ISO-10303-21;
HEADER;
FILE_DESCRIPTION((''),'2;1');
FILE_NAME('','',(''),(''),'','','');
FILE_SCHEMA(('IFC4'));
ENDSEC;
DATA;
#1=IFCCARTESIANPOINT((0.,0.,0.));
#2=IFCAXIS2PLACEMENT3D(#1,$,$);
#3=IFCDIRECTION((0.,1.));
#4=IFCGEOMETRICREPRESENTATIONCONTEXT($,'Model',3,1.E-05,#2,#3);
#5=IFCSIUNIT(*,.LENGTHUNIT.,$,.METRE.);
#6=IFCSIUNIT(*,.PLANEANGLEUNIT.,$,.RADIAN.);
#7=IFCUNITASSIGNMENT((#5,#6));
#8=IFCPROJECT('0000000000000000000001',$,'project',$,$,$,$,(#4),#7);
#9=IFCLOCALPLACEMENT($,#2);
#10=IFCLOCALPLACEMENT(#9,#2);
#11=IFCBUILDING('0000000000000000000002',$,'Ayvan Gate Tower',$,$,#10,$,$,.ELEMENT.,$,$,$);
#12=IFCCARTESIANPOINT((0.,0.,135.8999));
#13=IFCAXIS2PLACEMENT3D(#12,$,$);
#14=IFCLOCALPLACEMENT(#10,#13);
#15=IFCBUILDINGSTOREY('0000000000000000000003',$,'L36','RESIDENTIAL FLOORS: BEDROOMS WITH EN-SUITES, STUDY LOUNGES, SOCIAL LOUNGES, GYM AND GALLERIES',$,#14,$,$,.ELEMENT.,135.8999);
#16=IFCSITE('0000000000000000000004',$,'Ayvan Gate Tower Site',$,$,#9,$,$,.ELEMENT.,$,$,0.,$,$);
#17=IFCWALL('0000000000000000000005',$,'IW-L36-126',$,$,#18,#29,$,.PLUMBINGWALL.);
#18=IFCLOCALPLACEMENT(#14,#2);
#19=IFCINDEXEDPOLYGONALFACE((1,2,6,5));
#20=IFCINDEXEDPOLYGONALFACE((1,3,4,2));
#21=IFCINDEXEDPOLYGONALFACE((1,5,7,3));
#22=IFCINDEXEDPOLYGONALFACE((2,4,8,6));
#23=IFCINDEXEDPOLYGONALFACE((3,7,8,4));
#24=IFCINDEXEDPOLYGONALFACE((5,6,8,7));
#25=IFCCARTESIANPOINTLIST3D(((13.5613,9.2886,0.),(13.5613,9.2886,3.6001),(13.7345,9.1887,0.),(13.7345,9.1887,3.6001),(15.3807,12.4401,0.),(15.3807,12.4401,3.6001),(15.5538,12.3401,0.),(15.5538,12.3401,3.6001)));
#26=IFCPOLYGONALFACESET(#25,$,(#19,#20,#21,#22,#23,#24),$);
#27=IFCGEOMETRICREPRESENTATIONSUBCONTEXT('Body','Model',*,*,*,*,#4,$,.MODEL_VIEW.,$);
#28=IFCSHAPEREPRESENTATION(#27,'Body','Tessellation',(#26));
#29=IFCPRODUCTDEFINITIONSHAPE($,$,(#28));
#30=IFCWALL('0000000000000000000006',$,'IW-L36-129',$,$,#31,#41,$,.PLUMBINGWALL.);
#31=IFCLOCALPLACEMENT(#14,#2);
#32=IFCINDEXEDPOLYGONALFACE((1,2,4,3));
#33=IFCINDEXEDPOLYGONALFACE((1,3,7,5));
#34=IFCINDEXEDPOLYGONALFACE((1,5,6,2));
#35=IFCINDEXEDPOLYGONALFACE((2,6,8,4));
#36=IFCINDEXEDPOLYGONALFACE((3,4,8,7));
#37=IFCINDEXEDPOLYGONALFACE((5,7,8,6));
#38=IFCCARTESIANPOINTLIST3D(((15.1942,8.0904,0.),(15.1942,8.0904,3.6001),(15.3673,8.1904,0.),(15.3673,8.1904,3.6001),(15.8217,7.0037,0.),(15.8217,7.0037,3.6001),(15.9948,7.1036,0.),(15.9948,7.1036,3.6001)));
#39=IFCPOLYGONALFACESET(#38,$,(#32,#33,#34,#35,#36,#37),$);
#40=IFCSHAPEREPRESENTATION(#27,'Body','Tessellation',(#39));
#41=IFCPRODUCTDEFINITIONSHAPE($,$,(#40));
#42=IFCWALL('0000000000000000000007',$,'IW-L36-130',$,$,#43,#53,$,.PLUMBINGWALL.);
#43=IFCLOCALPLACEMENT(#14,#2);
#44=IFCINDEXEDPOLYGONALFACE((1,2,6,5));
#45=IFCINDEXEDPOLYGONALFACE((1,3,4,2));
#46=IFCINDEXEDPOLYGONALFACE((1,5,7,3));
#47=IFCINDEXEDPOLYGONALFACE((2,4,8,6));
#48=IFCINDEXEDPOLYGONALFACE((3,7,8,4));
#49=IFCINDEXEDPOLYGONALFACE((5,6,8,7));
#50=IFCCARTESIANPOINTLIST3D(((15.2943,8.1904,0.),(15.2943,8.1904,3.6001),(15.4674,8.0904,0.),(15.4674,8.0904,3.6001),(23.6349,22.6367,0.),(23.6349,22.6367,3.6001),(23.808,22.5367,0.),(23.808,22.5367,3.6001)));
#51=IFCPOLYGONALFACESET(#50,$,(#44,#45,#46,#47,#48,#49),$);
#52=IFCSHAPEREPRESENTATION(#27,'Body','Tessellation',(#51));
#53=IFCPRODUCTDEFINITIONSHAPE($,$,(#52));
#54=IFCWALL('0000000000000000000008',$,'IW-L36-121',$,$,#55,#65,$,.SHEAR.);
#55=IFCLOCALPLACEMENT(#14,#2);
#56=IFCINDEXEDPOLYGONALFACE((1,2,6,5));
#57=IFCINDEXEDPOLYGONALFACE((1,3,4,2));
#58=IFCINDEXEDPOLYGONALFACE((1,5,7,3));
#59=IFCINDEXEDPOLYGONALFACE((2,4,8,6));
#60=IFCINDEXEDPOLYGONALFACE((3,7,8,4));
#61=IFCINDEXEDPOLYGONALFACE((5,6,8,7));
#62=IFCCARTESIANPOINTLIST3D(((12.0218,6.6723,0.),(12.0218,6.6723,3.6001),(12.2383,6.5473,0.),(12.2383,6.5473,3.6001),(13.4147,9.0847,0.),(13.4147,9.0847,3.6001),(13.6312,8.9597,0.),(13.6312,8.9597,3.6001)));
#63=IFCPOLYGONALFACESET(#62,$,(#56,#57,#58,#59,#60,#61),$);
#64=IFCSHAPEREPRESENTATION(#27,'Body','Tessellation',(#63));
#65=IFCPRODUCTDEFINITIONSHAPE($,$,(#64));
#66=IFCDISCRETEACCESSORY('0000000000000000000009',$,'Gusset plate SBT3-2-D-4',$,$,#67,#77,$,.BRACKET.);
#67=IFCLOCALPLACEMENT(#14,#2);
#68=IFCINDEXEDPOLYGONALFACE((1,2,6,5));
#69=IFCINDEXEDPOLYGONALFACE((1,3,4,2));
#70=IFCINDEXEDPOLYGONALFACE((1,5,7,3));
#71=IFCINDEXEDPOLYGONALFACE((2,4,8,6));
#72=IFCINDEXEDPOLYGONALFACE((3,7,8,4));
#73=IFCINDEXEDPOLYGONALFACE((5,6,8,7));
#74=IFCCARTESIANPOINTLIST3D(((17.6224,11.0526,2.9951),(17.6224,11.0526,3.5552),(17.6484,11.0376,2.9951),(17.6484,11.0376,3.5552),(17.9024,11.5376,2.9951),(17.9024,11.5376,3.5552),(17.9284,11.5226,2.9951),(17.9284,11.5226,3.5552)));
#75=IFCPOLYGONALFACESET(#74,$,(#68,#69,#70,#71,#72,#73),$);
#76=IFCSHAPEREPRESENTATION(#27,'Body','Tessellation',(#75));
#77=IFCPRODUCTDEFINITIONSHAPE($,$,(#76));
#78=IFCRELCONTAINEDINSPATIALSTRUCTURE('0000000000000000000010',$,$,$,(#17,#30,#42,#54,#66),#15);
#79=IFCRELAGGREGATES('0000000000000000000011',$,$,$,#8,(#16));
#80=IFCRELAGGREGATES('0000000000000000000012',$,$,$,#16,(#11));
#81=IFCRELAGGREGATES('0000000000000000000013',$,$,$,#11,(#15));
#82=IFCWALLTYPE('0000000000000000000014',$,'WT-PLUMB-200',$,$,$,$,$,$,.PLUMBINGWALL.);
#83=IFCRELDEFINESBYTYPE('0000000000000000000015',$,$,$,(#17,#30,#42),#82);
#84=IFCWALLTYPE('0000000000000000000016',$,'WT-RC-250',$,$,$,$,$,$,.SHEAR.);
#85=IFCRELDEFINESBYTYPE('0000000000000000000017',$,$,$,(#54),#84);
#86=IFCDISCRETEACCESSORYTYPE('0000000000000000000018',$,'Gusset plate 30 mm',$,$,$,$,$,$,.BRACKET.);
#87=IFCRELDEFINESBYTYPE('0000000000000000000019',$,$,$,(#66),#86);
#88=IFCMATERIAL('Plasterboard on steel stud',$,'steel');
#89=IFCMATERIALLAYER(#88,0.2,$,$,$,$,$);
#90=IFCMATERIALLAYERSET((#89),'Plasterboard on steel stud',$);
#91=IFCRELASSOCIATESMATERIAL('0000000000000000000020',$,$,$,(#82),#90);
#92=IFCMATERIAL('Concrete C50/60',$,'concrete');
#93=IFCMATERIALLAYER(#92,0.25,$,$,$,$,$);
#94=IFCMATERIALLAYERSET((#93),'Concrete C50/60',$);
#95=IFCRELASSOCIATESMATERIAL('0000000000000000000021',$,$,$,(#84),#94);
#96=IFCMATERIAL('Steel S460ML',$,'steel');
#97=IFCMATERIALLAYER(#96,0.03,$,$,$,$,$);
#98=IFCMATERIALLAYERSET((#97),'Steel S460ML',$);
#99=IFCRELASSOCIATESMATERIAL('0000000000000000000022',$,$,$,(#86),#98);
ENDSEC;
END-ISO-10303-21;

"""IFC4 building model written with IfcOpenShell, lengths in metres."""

from ifc_helpers import new_model, si_unit, direction, frame, frame_2d, origin, origin_2d, place, context, subcontext, project, spatial, rectangle, extrude, material, layer, layer_set, type_object, element, save


model = new_model("IFC4")

# Units and contexts
model_context = context("Model", 3, precision=1e-05, world=origin(), true_north=direction((0.0, 1.0)))
body_context = subcontext(model_context, "Body", "Model", "MODEL_VIEW")
ifc_project = project(units=[si_unit("LENGTHUNIT", "METRE"), si_unit("PLANEANGLEUNIT", "RADIAN")], contexts=[model_context])

# Site, building, storey
site_placement = place(None, origin())
site = spatial("IfcSite", under=ifc_project, at=site_placement, Name="Ayvan Gate Tower Site", CompositionType="ELEMENT", RefElevation=0.0)
building_placement = place(site_placement, origin())
building = spatial("IfcBuilding", under=site, at=building_placement, Name="Ayvan Gate Tower", CompositionType="ELEMENT")
storey_placement = place(building_placement, frame((0.0, 0.0, 135.8999)))
storey = spatial("IfcBuildingStorey", under=building, at=storey_placement, Name="L36", Description="RESIDENTIAL FLOORS: BEDROOMS WITH EN-SUITES, STUDY LOUNGES, SOCIAL LOUNGES, GYM AND GALLERIES", CompositionType="ELEMENT", Elevation=135.8999)

# Shared definitions
ifc_material_1 = material(Name="Plasterboard on steel stud", Category="steel")

# Walls
ifc_layer_1 = layer(ifc_material_1, 0.2)
ifc_layer_set_1 = layer_set([ifc_layer_1], Name="Plasterboard on steel stud")
wall_type_1 = type_object("IfcWallType", Name="WT-PLUMB-200", PredefinedType="PLUMBINGWALL", material=ifc_layer_set_1)
wall_1_placement = place(storey_placement, frame((13.6479, 9.2388, 0.0), z_axis=(0.0, 0.0, 1.0), x_axis=(0.499978, 0.866038, 0.0)))
element("IfcWall", 1, at=wall_1_placement, inside=storey, type_object=wall_type_1, Name="IW-L36-126", PredefinedType="PLUMBINGWALL", context=body_context, shape_type="SweptSolid", body=[
    extrude(rectangle(XDim=3.6389, YDim=0.2, at=frame_2d((1.8193, 0.0))), origin(), (0.0, 0.0, 1.0), 3.6001),
])
wall_2_placement = place(storey_placement, frame((15.2808, 8.1404, 0.0), z_axis=(0.0, 0.0, 1.0), x_axis=(0.500031, -0.866007, 0.0)))
element("IfcWall", 2, at=wall_2_placement, inside=storey, type_object=wall_type_1, Name="IW-L36-129", PredefinedType="PLUMBINGWALL", context=body_context, shape_type="SweptSolid", body=[
    extrude(rectangle(XDim=1.2549, YDim=0.2, at=frame_2d((0.6274, 0.0))), origin(), (0.0, 0.0, 1.0), 3.6001),
])
wall_3_placement = place(storey_placement, frame((15.3809, 8.1404, 0.0), z_axis=(0.0, 0.0, 1.0), x_axis=(0.5, 0.866025, 0.0)))
element("IfcWall", 3, at=wall_3_placement, inside=storey, type_object=wall_type_1, Name="IW-L36-130", PredefinedType="PLUMBINGWALL", context=body_context, shape_type="SweptSolid", body=[
    extrude(rectangle(XDim=16.6812, YDim=0.2, at=frame_2d((8.3406, 0.0))), origin(), (0.0, 0.0, 1.0), 3.6001),
])
ifc_material_2 = material(Name="Concrete C50/60", Category="concrete")
ifc_layer_2 = layer(ifc_material_2, 0.25)
ifc_layer_set_2 = layer_set([ifc_layer_2], Name="Concrete C50/60")
wall_type_2 = type_object("IfcWallType", Name="WT-RC-250", PredefinedType="SHEAR", material=ifc_layer_set_2)
wall_4_placement = place(storey_placement, frame((13.5229, 9.0222, 0.0), z_axis=(0.0, 0.0, 1.0), x_axis=(-0.500013, -0.866018, 0.0)))
element("IfcWall", 4, at=wall_4_placement, inside=storey, type_object=wall_type_2, Name="IW-L36-121", PredefinedType="SHEAR", context=body_context, shape_type="SweptSolid", body=[
    extrude(rectangle(XDim=2.7856, YDim=0.25, at=frame_2d((1.3928, 0.0))), origin(), (0.0, 0.0, 1.0), 3.6001),
])

# Discrete accessory
ifc_material_3 = material(Name="Steel S460ML", Category="steel")
ifc_layer_3 = layer(ifc_material_3, 0.03)
ifc_layer_set_3 = layer_set([ifc_layer_3], Name="Steel S460ML")
discrete_accessory_type = type_object("IfcDiscreteAccessoryType", Name="Gusset plate 30 mm", PredefinedType="BRACKET", material=ifc_layer_set_3)
discrete_accessory_placement = place(storey_placement, frame((17.7754, 11.2876, 2.9951), z_axis=(0.0, 0.0, 1.0), x_axis=(0.5, 0.866025, 0.0)))
element("IfcDiscreteAccessory", 5, at=discrete_accessory_placement, inside=storey, type_object=discrete_accessory_type, Name="Gusset plate SBT3-2-D-4", PredefinedType="BRACKET", context=body_context, shape_type="SweptSolid", body=[
    extrude(rectangle(XDim=0.5601, YDim=0.03, at=origin_2d()), origin(), (0.0, 0.0, 1.0), 0.5601),
])

save(model, "model.ifc")
